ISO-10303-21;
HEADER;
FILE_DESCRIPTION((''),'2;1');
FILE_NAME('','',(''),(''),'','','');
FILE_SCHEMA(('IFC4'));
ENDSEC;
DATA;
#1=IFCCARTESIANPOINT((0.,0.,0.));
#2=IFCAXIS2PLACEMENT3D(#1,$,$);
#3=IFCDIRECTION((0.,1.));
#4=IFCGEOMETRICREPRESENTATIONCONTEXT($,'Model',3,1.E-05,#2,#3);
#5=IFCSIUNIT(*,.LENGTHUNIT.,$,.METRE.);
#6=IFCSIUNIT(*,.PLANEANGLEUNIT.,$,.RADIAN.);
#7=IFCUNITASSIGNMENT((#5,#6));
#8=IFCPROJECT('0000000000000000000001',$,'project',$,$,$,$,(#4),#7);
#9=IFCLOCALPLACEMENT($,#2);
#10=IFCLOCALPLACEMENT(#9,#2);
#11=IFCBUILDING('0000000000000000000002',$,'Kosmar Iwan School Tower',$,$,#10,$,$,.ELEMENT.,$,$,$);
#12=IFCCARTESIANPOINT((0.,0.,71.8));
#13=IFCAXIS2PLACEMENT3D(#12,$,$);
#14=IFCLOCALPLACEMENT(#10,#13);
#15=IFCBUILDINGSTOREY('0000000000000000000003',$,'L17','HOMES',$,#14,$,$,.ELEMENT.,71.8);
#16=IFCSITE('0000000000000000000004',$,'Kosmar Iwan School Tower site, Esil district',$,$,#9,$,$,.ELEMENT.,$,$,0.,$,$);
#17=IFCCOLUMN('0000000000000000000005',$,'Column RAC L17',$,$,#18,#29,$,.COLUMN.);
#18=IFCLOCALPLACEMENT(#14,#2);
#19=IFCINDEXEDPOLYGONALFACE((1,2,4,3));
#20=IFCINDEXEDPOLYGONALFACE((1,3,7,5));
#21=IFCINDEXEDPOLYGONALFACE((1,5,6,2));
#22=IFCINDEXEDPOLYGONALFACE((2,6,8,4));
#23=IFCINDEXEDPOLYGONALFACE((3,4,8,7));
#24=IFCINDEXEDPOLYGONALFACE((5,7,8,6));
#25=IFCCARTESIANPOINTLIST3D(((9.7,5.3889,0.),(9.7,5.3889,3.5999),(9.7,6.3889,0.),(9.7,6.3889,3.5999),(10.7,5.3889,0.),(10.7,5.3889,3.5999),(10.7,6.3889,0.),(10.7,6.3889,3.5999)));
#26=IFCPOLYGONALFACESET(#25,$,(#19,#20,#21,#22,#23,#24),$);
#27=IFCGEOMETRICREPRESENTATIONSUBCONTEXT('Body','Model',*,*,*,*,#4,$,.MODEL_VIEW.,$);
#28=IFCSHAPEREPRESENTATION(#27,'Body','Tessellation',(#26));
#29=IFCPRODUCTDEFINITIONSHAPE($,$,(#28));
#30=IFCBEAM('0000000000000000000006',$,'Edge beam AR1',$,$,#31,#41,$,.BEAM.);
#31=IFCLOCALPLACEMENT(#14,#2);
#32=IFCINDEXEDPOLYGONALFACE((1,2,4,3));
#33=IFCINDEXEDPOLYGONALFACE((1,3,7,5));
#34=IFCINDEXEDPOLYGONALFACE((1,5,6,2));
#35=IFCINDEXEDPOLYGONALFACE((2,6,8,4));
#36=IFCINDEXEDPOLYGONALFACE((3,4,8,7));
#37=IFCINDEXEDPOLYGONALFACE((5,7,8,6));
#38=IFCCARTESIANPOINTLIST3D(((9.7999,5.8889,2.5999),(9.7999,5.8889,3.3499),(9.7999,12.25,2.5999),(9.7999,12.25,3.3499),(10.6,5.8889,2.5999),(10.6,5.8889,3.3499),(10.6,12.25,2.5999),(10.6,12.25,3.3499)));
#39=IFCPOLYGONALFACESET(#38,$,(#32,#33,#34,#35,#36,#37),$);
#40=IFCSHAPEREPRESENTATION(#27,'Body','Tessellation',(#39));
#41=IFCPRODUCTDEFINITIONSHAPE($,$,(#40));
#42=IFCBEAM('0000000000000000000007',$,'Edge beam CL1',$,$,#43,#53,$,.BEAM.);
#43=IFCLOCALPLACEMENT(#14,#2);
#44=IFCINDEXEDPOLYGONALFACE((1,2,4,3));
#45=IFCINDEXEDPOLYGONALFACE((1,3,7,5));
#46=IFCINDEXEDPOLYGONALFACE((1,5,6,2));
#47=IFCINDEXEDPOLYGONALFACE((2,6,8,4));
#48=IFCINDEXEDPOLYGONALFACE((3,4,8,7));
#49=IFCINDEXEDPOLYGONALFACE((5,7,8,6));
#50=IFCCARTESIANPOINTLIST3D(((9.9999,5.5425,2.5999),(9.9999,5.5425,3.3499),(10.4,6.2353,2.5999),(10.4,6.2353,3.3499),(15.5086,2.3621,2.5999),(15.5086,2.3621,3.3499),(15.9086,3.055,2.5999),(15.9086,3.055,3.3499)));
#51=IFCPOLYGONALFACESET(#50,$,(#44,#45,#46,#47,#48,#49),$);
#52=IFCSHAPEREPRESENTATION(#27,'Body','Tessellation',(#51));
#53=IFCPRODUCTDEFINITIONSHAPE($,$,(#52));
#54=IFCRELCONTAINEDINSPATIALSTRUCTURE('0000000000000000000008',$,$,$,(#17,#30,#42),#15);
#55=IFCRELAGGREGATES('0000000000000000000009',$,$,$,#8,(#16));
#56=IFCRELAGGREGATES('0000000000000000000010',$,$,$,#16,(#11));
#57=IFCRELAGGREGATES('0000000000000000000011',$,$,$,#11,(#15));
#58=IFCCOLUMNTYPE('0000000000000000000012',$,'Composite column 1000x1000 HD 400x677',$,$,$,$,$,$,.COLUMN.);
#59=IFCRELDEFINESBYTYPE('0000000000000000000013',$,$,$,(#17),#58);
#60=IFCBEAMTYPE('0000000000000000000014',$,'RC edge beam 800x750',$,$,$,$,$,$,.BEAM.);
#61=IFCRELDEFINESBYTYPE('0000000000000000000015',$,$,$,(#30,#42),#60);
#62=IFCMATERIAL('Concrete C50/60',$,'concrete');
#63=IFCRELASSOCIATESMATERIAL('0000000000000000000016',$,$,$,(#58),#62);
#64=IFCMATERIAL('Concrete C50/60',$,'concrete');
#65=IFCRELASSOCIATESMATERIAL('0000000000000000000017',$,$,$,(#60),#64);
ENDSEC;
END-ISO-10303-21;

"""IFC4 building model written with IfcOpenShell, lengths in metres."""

from ifc_helpers import new_model, si_unit, direction, frame, origin, origin_2d, place, context, subcontext, project, spatial, rectangle, extrude, material, material_profile, profile_set, type_object, element, save


model = new_model("IFC4")

# Units and contexts
model_context = context("Model", 3, precision=1e-05, world=origin(), true_north=direction((0.0, 1.0)))
body_context = subcontext(model_context, "Body", "Model", "MODEL_VIEW")
ifc_project = project(units=[si_unit("LENGTHUNIT", "METRE"), si_unit("PLANEANGLEUNIT", "RADIAN")], contexts=[model_context])

# Site, building, storey
site_placement = place(None, origin())
site = spatial("IfcSite", under=ifc_project, at=site_placement, Name="Kosmar Iwan School Tower site, Esil district", CompositionType="ELEMENT", RefElevation=0.0)
building_placement = place(site_placement, origin())
building = spatial("IfcBuilding", under=site, at=building_placement, Name="Kosmar Iwan School Tower", CompositionType="ELEMENT")
storey_placement = place(building_placement, frame((0.0, 0.0, 71.8)))
storey = spatial("IfcBuildingStorey", under=building, at=storey_placement, Name="L17", Description="HOMES", CompositionType="ELEMENT", Elevation=71.8)

# Column
ifc_material_1 = material(Name="Concrete C50/60", Category="concrete")
ifc_material_profile_1 = material_profile(ifc_material_1, rectangle(XDim=1.0, YDim=1.0, at=origin_2d()), Name="RC 1000x1000 + HD 400x677")
ifc_profile_set_1 = profile_set([ifc_material_profile_1], Name="Concrete C50/60")
column_type = type_object("IfcColumnType", Name="Composite column 1000x1000 HD 400x677", PredefinedType="COLUMN", material=ifc_profile_set_1)
column_placement = place(storey_placement, frame((10.2, 5.8889, 0.0), z_axis=(0.0, 0.0, 1.0), x_axis=(1.0, 0.0, 0.0)))
element("IfcColumn", 1, at=column_placement, inside=storey, type_object=column_type, Name="Column RAC L17", PredefinedType="COLUMN", context=body_context, shape_type="SweptSolid", body=[
    extrude(rectangle(XDim=1.0, YDim=1.0, at=origin_2d()), origin(), (0.0, 0.0, 1.0), 3.5999),
])

# Beams
ifc_material_2 = material(Name="Concrete C50/60", Category="concrete")
ifc_material_profile_2 = material_profile(ifc_material_2, rectangle(XDim=0.8, YDim=0.75, at=origin_2d()), Name="RC 800x750")
ifc_profile_set_2 = profile_set([ifc_material_profile_2], Name="Concrete C50/60")
beam_type = type_object("IfcBeamType", Name="RC edge beam 800x750", PredefinedType="BEAM", material=ifc_profile_set_2)
beam_1_placement = place(storey_placement, frame((10.2, 5.8889, 2.9749), z_axis=(0.0, 1.0, 0.0), x_axis=(-1.0, 0.0, 0.0)))
element("IfcBeam", 2, at=beam_1_placement, inside=storey, type_object=beam_type, Name="Edge beam AR1", PredefinedType="BEAM", context=body_context, shape_type="SweptSolid", body=[
    extrude(rectangle(XDim=0.8, YDim=0.75, at=origin_2d()), origin(), (0.0, 0.0, 1.0), 6.3611),
])
beam_2_placement = place(storey_placement, frame((10.2, 5.8889, 2.9749), z_axis=(0.866031, -0.49999, 0.0), x_axis=(0.49999, 0.866031, 0.0)))
element("IfcBeam", 3, at=beam_2_placement, inside=storey, type_object=beam_type, Name="Edge beam CL1", PredefinedType="BEAM", context=body_context, shape_type="SweptSolid", body=[
    extrude(rectangle(XDim=0.8, YDim=0.75, at=origin_2d()), origin(), (0.0, 0.0, 1.0), 6.3608),
])

save(model, "model.ifc")
